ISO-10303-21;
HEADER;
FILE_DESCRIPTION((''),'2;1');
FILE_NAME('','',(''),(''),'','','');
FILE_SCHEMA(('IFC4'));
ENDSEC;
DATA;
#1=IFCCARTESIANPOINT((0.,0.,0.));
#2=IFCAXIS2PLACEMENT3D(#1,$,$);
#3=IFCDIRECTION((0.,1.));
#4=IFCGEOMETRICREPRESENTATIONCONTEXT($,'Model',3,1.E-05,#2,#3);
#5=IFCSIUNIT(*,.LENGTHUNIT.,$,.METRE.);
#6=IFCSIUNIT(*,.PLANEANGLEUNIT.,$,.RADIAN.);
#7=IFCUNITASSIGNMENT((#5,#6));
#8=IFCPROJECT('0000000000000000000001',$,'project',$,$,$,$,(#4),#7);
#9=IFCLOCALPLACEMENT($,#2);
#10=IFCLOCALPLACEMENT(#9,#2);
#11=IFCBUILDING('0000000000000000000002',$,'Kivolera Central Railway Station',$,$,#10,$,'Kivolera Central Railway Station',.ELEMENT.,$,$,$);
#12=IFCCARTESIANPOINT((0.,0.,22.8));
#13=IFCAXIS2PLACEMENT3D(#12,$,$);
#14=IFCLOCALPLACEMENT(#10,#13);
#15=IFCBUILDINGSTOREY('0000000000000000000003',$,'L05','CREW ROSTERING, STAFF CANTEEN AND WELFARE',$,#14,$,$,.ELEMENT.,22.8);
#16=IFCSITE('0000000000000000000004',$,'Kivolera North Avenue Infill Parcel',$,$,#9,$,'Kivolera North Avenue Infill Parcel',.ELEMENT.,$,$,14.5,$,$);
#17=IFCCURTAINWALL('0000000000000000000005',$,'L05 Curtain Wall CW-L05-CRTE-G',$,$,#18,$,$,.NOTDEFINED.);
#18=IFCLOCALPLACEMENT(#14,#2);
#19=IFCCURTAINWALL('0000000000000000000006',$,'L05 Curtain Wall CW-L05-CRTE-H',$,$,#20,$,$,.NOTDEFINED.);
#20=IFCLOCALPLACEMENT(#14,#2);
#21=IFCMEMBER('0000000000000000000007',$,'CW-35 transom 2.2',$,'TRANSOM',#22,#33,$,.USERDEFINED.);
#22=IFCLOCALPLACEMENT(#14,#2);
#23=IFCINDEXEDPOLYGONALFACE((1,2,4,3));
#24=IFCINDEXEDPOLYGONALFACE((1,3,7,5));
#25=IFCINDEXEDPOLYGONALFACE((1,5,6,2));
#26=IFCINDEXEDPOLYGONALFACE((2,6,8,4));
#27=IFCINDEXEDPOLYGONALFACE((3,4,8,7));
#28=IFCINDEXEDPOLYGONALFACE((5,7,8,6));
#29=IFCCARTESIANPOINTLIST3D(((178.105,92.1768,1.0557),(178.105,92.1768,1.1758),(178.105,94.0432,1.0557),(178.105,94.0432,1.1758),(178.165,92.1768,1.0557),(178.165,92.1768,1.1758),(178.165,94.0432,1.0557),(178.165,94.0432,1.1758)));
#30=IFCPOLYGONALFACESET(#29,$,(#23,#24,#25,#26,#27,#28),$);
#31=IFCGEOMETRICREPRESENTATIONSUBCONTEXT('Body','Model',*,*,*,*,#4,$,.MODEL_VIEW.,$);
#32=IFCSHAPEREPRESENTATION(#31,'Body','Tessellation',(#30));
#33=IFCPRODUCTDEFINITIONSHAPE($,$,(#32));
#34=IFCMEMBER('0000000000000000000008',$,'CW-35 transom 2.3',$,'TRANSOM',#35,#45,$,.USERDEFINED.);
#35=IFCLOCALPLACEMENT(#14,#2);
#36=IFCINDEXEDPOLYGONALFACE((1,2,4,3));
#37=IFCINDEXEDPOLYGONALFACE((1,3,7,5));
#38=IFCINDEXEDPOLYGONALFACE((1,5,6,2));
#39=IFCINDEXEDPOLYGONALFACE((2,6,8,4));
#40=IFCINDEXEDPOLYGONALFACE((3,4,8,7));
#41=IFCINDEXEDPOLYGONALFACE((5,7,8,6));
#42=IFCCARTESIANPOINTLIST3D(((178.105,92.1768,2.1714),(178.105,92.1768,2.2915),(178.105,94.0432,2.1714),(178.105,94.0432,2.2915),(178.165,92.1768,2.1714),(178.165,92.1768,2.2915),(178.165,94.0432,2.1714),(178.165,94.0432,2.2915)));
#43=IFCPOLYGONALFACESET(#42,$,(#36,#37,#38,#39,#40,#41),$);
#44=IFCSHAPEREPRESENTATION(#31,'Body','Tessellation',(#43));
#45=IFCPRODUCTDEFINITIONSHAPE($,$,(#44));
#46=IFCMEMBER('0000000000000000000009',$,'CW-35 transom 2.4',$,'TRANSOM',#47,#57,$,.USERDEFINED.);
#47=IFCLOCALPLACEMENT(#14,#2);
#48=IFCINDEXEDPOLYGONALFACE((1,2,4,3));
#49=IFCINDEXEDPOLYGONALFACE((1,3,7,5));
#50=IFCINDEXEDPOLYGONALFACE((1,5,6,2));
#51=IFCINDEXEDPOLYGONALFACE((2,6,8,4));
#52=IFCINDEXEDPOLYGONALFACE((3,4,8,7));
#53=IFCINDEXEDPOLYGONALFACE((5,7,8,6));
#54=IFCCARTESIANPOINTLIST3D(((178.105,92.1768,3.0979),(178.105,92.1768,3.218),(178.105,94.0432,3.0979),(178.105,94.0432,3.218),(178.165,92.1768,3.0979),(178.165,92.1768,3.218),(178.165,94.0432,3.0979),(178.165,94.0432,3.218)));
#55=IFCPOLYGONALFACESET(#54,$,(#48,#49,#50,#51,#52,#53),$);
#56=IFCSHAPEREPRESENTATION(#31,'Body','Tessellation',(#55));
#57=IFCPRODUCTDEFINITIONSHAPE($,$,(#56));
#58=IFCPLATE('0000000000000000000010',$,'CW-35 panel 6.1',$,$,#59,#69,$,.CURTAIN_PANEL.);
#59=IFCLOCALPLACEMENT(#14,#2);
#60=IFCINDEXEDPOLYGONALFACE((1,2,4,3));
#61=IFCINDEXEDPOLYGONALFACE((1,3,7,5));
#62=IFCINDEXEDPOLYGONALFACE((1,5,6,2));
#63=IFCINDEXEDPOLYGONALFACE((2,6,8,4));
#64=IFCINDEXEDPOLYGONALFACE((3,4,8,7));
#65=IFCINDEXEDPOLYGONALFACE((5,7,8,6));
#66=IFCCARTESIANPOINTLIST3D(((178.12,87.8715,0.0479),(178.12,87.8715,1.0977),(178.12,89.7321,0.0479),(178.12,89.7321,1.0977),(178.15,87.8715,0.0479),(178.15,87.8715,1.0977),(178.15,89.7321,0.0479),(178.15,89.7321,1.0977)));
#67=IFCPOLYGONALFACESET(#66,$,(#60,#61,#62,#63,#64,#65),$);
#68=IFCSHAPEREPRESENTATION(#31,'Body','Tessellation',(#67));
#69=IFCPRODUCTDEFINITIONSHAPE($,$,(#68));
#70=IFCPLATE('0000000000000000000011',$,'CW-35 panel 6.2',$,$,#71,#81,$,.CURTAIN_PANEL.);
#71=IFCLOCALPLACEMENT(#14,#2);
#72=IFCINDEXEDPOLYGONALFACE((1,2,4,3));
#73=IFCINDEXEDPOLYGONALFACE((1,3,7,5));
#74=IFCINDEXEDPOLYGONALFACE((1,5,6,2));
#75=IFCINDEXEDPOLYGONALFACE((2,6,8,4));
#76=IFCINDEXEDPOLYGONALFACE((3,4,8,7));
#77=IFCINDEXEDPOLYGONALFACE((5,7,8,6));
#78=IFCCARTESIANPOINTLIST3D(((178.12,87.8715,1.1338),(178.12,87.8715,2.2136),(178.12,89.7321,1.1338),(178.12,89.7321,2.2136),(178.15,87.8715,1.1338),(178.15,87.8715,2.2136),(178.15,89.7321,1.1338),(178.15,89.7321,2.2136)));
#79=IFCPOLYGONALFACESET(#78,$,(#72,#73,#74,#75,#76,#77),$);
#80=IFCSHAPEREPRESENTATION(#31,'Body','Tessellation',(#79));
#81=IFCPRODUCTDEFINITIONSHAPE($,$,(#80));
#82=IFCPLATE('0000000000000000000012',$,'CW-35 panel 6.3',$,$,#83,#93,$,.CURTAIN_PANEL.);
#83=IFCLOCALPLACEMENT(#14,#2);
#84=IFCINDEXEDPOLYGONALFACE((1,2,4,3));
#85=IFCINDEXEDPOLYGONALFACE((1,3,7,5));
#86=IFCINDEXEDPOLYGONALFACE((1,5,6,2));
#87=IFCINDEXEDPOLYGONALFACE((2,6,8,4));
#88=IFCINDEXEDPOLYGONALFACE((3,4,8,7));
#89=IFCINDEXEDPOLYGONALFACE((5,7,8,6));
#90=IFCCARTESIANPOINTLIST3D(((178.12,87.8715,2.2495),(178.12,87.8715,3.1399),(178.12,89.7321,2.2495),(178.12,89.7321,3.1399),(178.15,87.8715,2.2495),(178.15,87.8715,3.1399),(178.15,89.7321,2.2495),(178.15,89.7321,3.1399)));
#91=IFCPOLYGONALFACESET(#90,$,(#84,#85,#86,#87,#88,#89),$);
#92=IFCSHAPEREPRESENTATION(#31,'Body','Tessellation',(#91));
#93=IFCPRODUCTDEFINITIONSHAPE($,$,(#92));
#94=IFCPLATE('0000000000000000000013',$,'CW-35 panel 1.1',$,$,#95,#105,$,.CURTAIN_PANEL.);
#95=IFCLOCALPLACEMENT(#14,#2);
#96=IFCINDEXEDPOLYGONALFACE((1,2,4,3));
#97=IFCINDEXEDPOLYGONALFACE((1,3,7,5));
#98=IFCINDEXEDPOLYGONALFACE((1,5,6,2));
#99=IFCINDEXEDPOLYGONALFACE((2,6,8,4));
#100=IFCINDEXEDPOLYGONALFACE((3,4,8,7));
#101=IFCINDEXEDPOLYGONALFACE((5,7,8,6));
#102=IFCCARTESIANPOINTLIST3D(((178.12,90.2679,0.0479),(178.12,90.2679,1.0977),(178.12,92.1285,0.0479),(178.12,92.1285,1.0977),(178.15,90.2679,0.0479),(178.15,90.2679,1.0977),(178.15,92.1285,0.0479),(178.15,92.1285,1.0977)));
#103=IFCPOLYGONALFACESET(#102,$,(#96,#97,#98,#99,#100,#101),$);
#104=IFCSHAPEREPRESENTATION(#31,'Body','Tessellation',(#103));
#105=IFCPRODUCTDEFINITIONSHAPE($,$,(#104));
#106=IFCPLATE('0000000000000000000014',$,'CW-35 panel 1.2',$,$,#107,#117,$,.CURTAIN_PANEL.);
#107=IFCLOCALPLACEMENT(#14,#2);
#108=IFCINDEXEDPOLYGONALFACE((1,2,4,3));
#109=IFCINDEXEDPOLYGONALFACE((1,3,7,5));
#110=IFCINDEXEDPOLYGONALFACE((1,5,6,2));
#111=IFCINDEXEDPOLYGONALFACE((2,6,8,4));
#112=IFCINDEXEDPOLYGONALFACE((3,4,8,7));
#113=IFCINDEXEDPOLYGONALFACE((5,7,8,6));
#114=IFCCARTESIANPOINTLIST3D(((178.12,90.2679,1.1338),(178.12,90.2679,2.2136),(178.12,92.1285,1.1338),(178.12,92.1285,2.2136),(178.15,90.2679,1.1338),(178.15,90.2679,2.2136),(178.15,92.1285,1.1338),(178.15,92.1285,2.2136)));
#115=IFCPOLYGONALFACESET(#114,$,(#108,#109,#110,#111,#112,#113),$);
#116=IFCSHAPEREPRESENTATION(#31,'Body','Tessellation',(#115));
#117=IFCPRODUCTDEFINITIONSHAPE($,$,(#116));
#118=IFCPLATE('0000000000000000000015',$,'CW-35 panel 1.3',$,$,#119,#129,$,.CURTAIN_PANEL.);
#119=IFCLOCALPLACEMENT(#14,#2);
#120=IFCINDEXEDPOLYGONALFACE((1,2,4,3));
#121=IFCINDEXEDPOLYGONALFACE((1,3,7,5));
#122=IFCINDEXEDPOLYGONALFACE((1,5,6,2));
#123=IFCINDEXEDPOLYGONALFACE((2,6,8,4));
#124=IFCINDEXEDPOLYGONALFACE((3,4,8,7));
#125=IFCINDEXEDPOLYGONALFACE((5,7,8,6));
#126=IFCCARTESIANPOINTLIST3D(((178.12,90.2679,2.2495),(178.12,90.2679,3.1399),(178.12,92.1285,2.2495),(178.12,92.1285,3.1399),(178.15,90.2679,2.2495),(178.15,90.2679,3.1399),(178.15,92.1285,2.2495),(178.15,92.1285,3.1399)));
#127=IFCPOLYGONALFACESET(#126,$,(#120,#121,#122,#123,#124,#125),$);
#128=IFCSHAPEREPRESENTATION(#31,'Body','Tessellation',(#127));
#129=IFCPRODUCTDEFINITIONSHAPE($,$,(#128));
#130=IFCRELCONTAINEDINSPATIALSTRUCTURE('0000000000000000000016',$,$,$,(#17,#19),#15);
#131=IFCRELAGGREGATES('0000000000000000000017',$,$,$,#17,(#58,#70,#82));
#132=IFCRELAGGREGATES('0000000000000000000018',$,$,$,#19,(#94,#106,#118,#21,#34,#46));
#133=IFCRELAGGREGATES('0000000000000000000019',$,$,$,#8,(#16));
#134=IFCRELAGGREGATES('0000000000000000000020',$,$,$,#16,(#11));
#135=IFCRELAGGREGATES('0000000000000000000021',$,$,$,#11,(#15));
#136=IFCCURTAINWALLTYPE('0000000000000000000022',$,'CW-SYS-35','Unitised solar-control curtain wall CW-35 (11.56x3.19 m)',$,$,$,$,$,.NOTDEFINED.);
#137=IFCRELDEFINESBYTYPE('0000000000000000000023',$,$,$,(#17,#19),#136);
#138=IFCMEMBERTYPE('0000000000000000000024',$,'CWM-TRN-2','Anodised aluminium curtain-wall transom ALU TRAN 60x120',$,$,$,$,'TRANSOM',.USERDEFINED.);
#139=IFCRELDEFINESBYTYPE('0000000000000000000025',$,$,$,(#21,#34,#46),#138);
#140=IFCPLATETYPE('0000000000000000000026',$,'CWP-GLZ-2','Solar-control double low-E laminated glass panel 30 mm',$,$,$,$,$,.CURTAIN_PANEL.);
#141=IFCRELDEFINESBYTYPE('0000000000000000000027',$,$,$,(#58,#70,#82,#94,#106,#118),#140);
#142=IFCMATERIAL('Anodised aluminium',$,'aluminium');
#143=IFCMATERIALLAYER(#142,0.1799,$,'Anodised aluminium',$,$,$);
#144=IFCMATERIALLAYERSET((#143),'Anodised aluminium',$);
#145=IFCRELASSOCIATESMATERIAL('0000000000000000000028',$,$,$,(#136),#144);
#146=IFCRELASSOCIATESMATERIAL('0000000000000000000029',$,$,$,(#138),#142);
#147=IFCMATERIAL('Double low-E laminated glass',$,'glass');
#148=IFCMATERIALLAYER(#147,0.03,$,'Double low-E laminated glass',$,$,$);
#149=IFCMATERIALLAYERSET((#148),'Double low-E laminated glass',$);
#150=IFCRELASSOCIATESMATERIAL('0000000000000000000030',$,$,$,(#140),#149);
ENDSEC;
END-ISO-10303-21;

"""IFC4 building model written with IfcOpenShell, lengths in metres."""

from ifc_helpers import new_model, si_unit, direction, frame, origin, origin_2d, place, context, subcontext, project, spatial, rectangle, extrude, material, layer, layer_set, material_profile, profile_set, type_object, element, aggregate, save


model = new_model("IFC4")

# Units and contexts
model_context = context("Model", 3, precision=1e-05, world=origin(), true_north=direction((0.0, 1.0)))
body_context = subcontext(model_context, "Body", "Model", "MODEL_VIEW")
ifc_project = project(units=[si_unit("LENGTHUNIT", "METRE"), si_unit("PLANEANGLEUNIT", "RADIAN")], contexts=[model_context])

# Site, building, storey
site_placement = place(None, origin())
site = spatial("IfcSite", under=ifc_project, at=site_placement, Name="Kivolera North Avenue Infill Parcel", LongName="Kivolera North Avenue Infill Parcel", CompositionType="ELEMENT", RefElevation=14.5)
building_placement = place(site_placement, origin())
building = spatial("IfcBuilding", under=site, at=building_placement, Name="Kivolera Central Railway Station", LongName="Kivolera Central Railway Station", CompositionType="ELEMENT")
storey_placement = place(building_placement, frame((0.0, 0.0, 22.8)))
storey = spatial("IfcBuildingStorey", under=building, at=storey_placement, Name="L05", Description="CREW ROSTERING, STAFF CANTEEN AND WELFARE", CompositionType="ELEMENT", Elevation=22.8)

# Curtain wall
ifc_material_1 = material(Name="Anodised aluminium", Category="aluminium")
ifc_layer_1 = layer(ifc_material_1, 0.1799, Name="Anodised aluminium")
ifc_layer_set_1 = layer_set([ifc_layer_1], Name="Anodised aluminium")
curtain_wall_type = type_object("IfcCurtainWallType", Name="CW-SYS-35", Description="Unitised solar-control curtain wall CW-35 (11.56x3.19 m)", PredefinedType="NOTDEFINED", material=ifc_layer_set_1)
curtain_wall_1_placement = place(storey_placement, origin())
curtain_wall_1 = element("IfcCurtainWall", 1, at=curtain_wall_1_placement, inside=storey, type_object=curtain_wall_type, Name="L05 Curtain Wall CW-L05-CRTE-G", PredefinedType="NOTDEFINED")

# Curtain wall
curtain_wall_2_placement = place(storey_placement, origin())
curtain_wall_2 = element("IfcCurtainWall", 2, at=curtain_wall_2_placement, inside=storey, type_object=curtain_wall_type, Name="L05 Curtain Wall CW-L05-CRTE-H", PredefinedType="NOTDEFINED")

# Members
ifc_material_profile_1 = material_profile(ifc_material_1, rectangle(XDim=0.0601, YDim=0.1201, at=origin_2d()), Name="ALU TRAN 60x120")
ifc_profile_set_1 = profile_set([ifc_material_profile_1], Name="Anodised aluminium")
member_type_1 = type_object("IfcMemberType", Name="CWM-TRN-2", Description="Anodised aluminium curtain-wall transom ALU TRAN 60x120", ElementType="TRANSOM", PredefinedType="USERDEFINED", material=ifc_profile_set_1)
member_1_placement = place(storey_placement, frame((178.135, 92.1768, 1.1157), z_axis=(0.0, 1.0, 0.0), x_axis=(-1.0, 0.0, 0.0)))
member_1 = element("IfcMember", 3, at=member_1_placement, type_object=member_type_1, Name="CW-35 transom 2.2", ObjectType="TRANSOM", PredefinedType="USERDEFINED", context=body_context, shape_type="SweptSolid", body=[
    extrude(rectangle(XDim=0.0601, YDim=0.1201, at=origin_2d()), origin(), (0.0, 0.0, 1.0), 1.8665),
])
member_2_placement = place(storey_placement, frame((178.135, 92.1768, 2.2314), z_axis=(0.0, 1.0, 0.0), x_axis=(-1.0, 0.0, 0.0)))
member_2 = element("IfcMember", 4, at=member_2_placement, type_object=member_type_1, Name="CW-35 transom 2.3", ObjectType="TRANSOM", PredefinedType="USERDEFINED", context=body_context, shape_type="SweptSolid", body=[
    extrude(rectangle(XDim=0.0601, YDim=0.1201, at=origin_2d()), origin(), (0.0, 0.0, 1.0), 1.8665),
])
member_3_placement = place(storey_placement, frame((178.135, 92.1768, 3.158), z_axis=(0.0, 1.0, 0.0), x_axis=(-1.0, 0.0, 0.0)))
member_3 = element("IfcMember", 5, at=member_3_placement, type_object=member_type_1, Name="CW-35 transom 2.4", ObjectType="TRANSOM", PredefinedType="USERDEFINED", context=body_context, shape_type="SweptSolid", body=[
    extrude(rectangle(XDim=0.0601, YDim=0.1201, at=origin_2d()), origin(), (0.0, 0.0, 1.0), 1.8665),
])

# Plates
ifc_material_2 = material(Name="Double low-E laminated glass", Category="glass")
ifc_layer_2 = layer(ifc_material_2, 0.03, Name="Double low-E laminated glass")
ifc_layer_set_2 = layer_set([ifc_layer_2], Name="Double low-E laminated glass")
plate_type = type_object("IfcPlateType", Name="CWP-GLZ-2", Description="Solar-control double low-E laminated glass panel 30 mm", PredefinedType="CURTAIN_PANEL", material=ifc_layer_set_2)
plate_1_placement = place(storey_placement, frame((178.135, 88.8018, 0.0479), z_axis=(0.0, 0.0, 1.0), x_axis=(0.0, 1.0, 0.0)))
plate_1 = element("IfcPlate", 6, at=plate_1_placement, type_object=plate_type, Name="CW-35 panel 6.1", PredefinedType="CURTAIN_PANEL", context=body_context, shape_type="SweptSolid", body=[
    extrude(rectangle(XDim=1.8606, YDim=0.03, at=origin_2d()), origin(), (0.0, 0.0, 1.0), 1.0498),
])
plate_2_placement = place(storey_placement, frame((178.135, 88.8018, 1.1338), z_axis=(0.0, 0.0, 1.0), x_axis=(0.0, 1.0, 0.0)))
plate_2 = element("IfcPlate", 7, at=plate_2_placement, type_object=plate_type, Name="CW-35 panel 6.2", PredefinedType="CURTAIN_PANEL", context=body_context, shape_type="SweptSolid", body=[
    extrude(rectangle(XDim=1.8606, YDim=0.03, at=origin_2d()), origin(), (0.0, 0.0, 1.0), 1.0798),
])
plate_3_placement = place(storey_placement, frame((178.135, 88.8018, 2.2495), z_axis=(0.0, 0.0, 1.0), x_axis=(0.0, 1.0, 0.0)))
plate_3 = element("IfcPlate", 8, at=plate_3_placement, type_object=plate_type, Name="CW-35 panel 6.3", PredefinedType="CURTAIN_PANEL", context=body_context, shape_type="SweptSolid", body=[
    extrude(rectangle(XDim=1.8606, YDim=0.03, at=origin_2d()), origin(), (0.0, 0.0, 1.0), 0.8904),
])
aggregate(curtain_wall_1, [plate_1, plate_2, plate_3])
plate_4_placement = place(storey_placement, frame((178.135, 91.1982, 0.0479), z_axis=(0.0, 0.0, 1.0), x_axis=(0.0, 1.0, 0.0)))
plate_4 = element("IfcPlate", 9, at=plate_4_placement, type_object=plate_type, Name="CW-35 panel 1.1", PredefinedType="CURTAIN_PANEL", context=body_context, shape_type="SweptSolid", body=[
    extrude(rectangle(XDim=1.8606, YDim=0.03, at=origin_2d()), origin(), (0.0, 0.0, 1.0), 1.0498),
])
plate_5_placement = place(storey_placement, frame((178.135, 91.1982, 1.1338), z_axis=(0.0, 0.0, 1.0), x_axis=(0.0, 1.0, 0.0)))
plate_5 = element("IfcPlate", 10, at=plate_5_placement, type_object=plate_type, Name="CW-35 panel 1.2", PredefinedType="CURTAIN_PANEL", context=body_context, shape_type="SweptSolid", body=[
    extrude(rectangle(XDim=1.8606, YDim=0.03, at=origin_2d()), origin(), (0.0, 0.0, 1.0), 1.0798),
])
plate_6_placement = place(storey_placement, frame((178.135, 91.1982, 2.2495), z_axis=(0.0, 0.0, 1.0), x_axis=(0.0, 1.0, 0.0)))
plate_6 = element("IfcPlate", 11, at=plate_6_placement, type_object=plate_type, Name="CW-35 panel 1.3", PredefinedType="CURTAIN_PANEL", context=body_context, shape_type="SweptSolid", body=[
    extrude(rectangle(XDim=1.8606, YDim=0.03, at=origin_2d()), origin(), (0.0, 0.0, 1.0), 0.8904),
])
aggregate(curtain_wall_2, [plate_4, plate_5, plate_6, member_1, member_2, member_3])

save(model, "model.ifc")
